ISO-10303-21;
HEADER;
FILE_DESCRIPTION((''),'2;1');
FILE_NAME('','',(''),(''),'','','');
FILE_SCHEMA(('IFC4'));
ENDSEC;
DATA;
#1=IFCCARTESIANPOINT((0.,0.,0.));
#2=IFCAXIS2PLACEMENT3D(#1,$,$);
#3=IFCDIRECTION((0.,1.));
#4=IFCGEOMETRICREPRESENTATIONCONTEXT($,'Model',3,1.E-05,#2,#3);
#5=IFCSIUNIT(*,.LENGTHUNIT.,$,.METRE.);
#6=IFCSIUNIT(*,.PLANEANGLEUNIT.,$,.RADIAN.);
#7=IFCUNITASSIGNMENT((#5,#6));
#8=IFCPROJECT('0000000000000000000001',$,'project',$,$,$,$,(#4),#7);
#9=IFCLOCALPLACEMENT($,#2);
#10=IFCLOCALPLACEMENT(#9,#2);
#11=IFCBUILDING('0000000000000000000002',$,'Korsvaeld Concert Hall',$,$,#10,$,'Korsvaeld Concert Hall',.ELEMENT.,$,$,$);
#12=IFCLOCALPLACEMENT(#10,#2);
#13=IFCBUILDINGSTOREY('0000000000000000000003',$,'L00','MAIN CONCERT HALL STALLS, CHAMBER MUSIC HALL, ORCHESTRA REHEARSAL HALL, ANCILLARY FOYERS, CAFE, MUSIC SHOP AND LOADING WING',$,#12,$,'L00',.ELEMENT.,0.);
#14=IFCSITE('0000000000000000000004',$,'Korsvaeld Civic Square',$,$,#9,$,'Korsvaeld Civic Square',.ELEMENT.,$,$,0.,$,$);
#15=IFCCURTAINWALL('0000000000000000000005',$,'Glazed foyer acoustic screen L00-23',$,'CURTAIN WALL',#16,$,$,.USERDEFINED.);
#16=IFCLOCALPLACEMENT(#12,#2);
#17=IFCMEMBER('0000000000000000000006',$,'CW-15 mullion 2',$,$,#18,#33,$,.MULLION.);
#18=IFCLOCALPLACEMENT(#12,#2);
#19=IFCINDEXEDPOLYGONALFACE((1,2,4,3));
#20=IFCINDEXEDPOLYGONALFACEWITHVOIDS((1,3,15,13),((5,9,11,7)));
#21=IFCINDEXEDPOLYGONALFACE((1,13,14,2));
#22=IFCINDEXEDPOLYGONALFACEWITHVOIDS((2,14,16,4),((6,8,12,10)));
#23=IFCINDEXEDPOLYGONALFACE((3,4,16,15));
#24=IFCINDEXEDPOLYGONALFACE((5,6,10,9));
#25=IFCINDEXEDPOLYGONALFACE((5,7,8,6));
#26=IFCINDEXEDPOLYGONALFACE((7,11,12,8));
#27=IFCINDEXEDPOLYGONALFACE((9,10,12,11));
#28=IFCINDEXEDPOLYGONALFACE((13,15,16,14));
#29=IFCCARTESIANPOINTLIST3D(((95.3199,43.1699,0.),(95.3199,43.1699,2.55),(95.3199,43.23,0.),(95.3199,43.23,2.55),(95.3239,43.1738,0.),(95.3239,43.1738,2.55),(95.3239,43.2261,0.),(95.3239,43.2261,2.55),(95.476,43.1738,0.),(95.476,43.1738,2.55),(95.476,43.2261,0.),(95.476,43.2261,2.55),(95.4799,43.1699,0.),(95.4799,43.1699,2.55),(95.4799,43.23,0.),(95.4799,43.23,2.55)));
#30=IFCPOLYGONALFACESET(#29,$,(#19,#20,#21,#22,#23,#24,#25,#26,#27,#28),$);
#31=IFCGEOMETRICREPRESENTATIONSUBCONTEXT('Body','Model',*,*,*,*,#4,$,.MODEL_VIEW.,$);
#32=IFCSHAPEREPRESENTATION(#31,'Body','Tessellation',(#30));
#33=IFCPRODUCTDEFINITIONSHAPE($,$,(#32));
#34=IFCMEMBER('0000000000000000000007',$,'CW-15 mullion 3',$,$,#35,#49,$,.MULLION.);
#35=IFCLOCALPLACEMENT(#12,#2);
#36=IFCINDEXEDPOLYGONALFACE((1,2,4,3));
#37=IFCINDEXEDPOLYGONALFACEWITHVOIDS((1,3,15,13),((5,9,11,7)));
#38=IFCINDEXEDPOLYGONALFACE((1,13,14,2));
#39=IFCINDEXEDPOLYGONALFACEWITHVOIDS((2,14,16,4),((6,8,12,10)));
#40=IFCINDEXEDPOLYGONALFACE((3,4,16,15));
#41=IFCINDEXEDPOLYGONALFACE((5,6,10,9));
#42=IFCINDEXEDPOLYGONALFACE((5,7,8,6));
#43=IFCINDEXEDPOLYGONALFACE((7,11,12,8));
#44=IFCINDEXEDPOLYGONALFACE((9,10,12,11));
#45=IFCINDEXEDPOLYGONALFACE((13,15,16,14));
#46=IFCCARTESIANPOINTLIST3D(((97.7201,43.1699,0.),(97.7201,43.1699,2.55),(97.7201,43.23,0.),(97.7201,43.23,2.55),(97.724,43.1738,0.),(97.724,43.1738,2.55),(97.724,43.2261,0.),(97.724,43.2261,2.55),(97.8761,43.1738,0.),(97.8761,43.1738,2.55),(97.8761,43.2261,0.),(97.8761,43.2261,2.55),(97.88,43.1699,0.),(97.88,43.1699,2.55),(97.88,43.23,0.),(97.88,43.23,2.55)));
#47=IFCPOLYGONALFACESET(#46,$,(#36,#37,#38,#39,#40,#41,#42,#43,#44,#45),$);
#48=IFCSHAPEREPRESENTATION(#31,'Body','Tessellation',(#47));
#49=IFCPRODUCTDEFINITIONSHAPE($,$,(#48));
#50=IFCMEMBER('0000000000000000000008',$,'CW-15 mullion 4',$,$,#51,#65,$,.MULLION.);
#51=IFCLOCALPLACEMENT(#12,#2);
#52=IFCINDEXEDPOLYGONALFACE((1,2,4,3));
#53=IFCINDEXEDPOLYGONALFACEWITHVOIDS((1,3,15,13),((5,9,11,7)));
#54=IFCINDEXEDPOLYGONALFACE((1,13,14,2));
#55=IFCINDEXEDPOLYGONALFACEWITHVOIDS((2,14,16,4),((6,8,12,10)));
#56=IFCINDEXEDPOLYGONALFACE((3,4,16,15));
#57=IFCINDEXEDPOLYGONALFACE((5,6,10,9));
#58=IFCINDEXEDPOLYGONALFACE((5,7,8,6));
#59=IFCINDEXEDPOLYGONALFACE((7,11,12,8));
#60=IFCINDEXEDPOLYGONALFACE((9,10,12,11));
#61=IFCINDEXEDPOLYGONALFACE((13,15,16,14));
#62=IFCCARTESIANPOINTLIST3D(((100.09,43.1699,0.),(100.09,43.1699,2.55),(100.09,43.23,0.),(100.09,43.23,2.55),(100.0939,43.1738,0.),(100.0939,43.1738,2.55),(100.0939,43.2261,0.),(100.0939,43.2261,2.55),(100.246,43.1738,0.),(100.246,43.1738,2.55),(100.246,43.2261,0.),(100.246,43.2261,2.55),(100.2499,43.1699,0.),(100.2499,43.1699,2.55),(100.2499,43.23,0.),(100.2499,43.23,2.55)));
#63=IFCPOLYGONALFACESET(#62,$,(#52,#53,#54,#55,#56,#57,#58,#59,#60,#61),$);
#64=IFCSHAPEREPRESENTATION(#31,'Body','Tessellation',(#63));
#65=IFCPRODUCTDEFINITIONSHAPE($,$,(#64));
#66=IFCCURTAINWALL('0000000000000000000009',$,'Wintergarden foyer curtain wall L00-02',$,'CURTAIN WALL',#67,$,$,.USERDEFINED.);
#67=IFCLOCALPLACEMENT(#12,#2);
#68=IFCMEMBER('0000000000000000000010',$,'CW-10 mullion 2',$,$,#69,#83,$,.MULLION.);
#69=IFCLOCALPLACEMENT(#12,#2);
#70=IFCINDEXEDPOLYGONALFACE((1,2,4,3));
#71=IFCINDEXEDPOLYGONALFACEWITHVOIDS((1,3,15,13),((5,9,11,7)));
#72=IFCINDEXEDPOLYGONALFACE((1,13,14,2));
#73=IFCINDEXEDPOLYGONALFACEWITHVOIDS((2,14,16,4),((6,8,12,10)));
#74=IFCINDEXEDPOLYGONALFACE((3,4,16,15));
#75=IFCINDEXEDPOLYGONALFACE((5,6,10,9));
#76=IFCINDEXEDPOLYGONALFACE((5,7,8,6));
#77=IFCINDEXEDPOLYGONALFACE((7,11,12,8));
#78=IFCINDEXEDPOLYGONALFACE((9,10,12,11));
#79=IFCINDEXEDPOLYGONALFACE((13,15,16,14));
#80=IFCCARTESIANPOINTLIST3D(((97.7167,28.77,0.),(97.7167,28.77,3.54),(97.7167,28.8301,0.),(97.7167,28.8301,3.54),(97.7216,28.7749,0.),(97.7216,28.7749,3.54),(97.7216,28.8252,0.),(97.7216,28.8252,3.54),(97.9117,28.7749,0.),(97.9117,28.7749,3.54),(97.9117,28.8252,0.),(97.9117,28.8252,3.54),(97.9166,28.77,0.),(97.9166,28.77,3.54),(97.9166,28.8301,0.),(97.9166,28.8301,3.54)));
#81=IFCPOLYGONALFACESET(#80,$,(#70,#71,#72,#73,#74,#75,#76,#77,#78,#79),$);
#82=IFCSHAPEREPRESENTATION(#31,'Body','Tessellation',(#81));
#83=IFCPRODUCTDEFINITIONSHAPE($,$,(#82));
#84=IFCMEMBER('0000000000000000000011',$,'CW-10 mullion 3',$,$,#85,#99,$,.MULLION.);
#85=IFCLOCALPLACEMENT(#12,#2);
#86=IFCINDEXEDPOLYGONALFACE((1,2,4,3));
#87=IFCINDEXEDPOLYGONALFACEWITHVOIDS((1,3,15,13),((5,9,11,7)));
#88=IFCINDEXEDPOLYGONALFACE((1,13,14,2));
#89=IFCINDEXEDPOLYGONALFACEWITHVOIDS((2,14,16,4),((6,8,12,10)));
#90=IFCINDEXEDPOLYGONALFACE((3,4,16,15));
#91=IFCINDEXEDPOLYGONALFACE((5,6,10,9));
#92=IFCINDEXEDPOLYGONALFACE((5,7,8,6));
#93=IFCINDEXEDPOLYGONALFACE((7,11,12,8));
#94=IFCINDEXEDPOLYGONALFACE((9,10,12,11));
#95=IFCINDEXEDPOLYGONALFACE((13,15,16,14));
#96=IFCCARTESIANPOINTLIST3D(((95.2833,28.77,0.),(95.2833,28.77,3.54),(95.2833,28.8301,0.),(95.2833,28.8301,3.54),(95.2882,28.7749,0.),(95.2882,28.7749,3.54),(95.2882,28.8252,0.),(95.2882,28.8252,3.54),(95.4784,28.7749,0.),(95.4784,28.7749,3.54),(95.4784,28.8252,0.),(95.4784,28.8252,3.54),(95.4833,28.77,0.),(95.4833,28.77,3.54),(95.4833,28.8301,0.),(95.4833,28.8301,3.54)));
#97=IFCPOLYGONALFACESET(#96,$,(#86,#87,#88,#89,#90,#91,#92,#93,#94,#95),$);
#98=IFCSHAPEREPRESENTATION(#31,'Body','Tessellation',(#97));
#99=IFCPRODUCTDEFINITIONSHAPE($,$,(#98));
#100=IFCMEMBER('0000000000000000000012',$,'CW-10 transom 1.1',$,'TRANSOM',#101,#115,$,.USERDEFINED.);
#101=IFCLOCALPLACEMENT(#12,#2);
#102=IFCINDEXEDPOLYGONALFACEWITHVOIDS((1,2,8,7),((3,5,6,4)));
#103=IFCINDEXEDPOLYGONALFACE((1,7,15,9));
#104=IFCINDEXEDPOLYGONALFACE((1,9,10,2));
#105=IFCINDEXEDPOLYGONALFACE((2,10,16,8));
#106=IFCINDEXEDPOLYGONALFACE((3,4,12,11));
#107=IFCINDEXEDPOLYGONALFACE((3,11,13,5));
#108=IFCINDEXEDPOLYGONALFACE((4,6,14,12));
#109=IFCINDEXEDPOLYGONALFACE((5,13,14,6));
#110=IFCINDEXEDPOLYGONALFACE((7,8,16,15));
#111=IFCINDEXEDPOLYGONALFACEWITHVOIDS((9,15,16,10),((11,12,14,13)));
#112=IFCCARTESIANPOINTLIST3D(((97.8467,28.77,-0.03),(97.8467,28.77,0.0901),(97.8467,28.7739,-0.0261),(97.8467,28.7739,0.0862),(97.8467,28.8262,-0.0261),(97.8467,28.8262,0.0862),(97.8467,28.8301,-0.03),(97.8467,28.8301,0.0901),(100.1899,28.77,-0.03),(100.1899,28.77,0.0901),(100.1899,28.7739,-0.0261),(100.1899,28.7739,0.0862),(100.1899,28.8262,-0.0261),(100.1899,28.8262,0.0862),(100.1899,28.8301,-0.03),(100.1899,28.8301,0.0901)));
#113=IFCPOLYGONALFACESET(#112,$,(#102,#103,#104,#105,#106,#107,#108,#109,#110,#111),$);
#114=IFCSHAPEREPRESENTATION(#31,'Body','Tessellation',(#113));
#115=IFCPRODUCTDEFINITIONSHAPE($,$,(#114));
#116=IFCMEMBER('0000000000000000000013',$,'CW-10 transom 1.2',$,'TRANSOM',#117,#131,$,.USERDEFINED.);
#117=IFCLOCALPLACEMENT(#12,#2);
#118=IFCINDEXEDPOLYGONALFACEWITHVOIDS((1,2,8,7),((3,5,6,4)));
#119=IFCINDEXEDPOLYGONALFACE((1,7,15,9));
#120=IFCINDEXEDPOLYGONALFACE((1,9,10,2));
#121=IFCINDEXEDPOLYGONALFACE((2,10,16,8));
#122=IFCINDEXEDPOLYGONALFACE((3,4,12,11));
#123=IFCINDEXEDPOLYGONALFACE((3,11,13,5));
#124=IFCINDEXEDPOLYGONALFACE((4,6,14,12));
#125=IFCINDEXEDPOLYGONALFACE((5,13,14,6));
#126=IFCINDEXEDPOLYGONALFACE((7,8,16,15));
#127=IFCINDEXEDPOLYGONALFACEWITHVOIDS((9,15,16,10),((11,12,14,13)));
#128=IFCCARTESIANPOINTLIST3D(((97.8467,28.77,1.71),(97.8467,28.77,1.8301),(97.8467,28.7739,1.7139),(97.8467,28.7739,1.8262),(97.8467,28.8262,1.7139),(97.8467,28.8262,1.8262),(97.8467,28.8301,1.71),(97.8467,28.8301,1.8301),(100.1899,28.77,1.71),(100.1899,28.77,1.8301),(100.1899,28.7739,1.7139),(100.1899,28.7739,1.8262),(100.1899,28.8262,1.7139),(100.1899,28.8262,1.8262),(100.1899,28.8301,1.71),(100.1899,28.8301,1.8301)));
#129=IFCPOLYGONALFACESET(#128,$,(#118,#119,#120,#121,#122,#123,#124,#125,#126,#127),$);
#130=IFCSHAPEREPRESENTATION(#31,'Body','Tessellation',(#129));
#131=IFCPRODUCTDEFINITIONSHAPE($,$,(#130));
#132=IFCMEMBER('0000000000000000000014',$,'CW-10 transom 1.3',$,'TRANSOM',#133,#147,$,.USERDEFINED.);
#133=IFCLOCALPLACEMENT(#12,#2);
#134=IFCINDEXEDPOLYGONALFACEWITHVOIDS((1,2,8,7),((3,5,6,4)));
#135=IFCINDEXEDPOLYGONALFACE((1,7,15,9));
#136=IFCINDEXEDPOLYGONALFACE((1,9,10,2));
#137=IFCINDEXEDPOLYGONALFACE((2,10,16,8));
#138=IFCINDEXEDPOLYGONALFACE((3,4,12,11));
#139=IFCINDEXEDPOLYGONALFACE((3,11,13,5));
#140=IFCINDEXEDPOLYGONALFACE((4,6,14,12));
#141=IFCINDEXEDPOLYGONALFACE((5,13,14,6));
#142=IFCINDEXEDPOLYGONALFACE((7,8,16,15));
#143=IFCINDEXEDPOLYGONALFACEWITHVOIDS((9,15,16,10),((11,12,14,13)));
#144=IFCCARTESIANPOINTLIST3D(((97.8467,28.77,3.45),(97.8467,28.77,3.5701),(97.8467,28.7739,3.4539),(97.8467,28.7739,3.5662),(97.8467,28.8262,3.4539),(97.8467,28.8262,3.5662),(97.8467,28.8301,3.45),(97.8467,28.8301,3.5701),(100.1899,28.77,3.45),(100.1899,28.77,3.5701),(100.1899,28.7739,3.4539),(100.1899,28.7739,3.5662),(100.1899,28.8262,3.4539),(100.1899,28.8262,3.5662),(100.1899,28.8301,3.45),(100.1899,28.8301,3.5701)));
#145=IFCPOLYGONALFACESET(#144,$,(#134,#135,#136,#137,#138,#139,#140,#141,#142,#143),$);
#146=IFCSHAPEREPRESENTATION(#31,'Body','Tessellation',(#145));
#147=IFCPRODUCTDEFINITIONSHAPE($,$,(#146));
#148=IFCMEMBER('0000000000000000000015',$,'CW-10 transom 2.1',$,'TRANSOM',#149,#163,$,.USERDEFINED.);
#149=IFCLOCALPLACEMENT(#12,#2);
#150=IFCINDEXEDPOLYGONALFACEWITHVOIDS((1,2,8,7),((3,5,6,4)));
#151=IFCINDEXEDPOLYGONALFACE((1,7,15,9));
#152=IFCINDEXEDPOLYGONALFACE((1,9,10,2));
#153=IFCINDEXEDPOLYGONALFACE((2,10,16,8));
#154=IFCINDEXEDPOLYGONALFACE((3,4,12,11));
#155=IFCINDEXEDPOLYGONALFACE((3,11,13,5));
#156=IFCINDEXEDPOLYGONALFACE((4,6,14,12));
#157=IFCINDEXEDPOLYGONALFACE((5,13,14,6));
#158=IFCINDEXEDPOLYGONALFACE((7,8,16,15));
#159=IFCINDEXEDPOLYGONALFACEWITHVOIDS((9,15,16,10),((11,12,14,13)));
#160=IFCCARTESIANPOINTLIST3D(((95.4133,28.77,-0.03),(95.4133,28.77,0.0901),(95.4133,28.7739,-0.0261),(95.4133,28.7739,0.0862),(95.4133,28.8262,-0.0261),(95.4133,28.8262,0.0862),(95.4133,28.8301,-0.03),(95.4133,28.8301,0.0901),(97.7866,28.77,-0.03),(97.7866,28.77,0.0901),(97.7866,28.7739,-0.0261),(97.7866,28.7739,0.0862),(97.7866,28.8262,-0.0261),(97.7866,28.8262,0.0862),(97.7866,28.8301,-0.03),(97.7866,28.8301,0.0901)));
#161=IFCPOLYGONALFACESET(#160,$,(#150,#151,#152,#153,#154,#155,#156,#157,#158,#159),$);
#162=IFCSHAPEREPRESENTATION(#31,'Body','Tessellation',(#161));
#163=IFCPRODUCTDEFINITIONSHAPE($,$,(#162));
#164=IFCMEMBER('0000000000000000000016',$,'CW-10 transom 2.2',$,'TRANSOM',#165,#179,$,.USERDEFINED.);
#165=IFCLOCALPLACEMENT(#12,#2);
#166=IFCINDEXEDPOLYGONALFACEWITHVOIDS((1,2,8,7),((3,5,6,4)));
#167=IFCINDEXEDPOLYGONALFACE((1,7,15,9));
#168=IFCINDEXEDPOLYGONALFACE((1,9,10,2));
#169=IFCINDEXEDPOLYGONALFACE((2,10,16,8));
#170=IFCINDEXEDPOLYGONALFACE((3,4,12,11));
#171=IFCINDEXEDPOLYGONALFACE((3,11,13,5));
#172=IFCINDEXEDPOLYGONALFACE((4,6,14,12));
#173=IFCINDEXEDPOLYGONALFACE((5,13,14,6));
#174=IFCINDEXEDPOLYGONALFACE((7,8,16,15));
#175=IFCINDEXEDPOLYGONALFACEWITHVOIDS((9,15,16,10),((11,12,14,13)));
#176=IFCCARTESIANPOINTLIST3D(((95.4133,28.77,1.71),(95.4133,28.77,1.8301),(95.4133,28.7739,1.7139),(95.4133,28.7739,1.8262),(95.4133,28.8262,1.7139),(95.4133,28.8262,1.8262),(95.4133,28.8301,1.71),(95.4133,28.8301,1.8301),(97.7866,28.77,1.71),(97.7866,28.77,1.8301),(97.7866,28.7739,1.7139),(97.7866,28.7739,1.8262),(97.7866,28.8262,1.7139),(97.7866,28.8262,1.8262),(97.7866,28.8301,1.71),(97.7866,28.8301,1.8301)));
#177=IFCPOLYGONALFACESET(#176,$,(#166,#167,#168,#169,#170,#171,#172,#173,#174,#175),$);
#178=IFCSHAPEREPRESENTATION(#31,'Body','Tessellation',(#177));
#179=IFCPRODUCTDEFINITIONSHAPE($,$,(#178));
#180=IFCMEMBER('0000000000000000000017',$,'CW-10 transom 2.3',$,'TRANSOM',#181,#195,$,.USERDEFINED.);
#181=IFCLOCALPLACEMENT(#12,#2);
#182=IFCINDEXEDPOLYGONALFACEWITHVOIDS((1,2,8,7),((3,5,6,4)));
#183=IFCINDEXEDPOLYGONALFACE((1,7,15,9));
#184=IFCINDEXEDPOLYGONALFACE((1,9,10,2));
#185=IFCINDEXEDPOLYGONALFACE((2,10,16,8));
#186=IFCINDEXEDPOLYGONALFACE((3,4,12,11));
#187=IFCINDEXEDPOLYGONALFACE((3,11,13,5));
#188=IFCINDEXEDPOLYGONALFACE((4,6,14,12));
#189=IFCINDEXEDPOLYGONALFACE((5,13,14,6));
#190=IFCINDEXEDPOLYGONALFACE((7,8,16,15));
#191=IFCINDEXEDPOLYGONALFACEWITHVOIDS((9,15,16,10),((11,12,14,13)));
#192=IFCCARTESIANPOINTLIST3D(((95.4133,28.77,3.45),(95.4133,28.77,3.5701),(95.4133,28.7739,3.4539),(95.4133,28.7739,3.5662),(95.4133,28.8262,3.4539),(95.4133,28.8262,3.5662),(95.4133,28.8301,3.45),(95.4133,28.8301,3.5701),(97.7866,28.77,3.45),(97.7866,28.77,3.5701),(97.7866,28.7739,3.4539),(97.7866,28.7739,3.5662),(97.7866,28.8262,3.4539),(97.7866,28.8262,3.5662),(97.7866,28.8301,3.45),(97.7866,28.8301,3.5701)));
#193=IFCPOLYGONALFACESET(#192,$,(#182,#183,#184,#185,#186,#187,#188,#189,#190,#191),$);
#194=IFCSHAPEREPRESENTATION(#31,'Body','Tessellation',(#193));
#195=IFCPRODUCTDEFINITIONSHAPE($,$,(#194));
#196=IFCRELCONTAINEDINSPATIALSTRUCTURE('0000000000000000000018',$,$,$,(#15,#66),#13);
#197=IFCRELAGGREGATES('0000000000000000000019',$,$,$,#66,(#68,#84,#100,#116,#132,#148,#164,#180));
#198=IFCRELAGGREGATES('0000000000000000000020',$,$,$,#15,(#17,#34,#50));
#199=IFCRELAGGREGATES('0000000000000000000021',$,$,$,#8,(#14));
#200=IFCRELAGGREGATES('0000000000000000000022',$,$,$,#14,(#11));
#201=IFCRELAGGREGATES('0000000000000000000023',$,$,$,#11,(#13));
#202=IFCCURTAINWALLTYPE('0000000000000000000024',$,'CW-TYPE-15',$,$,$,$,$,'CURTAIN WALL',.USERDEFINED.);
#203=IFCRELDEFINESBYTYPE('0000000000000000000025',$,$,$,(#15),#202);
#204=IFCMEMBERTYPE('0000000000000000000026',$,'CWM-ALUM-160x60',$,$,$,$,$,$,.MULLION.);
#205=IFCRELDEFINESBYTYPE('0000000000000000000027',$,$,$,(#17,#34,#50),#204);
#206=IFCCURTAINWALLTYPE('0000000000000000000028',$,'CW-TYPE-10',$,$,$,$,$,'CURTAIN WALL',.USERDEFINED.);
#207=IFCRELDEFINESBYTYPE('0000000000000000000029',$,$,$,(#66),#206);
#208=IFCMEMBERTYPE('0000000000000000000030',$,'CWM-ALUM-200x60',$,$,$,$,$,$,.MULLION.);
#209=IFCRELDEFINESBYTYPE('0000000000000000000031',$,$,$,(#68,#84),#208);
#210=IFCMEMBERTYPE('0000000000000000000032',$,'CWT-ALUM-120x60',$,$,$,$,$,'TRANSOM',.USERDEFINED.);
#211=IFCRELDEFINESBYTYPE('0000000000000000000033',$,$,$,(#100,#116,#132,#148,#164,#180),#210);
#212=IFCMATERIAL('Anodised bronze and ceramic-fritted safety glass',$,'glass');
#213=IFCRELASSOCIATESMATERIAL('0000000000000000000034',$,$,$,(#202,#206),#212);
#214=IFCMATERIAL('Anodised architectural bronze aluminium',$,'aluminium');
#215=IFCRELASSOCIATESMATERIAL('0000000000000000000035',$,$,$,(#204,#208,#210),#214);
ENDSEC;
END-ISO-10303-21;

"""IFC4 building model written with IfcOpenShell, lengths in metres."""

from ifc_helpers import new_model, si_unit, direction, frame, origin, origin_2d, place, context, subcontext, project, spatial, hollow_rectangle, extrude, material, material_profile, profile_set, type_object, element, aggregate, save


model = new_model("IFC4")

# Units and contexts
model_context = context("Model", 3, precision=1e-05, world=origin(), true_north=direction((0.0, 1.0)))
body_context = subcontext(model_context, "Body", "Model", "MODEL_VIEW")
ifc_project = project(units=[si_unit("LENGTHUNIT", "METRE"), si_unit("PLANEANGLEUNIT", "RADIAN")], contexts=[model_context])

# Site, building, storey
site_placement = place(None, origin())
site = spatial("IfcSite", under=ifc_project, at=site_placement, Name="Korsvaeld Civic Square", LongName="Korsvaeld Civic Square", CompositionType="ELEMENT", RefElevation=0.0)
building_placement = place(site_placement, origin())
building = spatial("IfcBuilding", under=site, at=building_placement, Name="Korsvaeld Concert Hall", LongName="Korsvaeld Concert Hall", CompositionType="ELEMENT")
storey_placement = place(building_placement, origin())
storey = spatial("IfcBuildingStorey", under=building, at=storey_placement, Name="L00", Description="MAIN CONCERT HALL STALLS, CHAMBER MUSIC HALL, ORCHESTRA REHEARSAL HALL, ANCILLARY FOYERS, CAFE, MUSIC SHOP AND LOADING WING", LongName="L00", CompositionType="ELEMENT", Elevation=0.0)

# Curtain walls, members
ifc_material_1 = material(Name="Anodised bronze and ceramic-fritted safety glass", Category="glass")
curtain_wall_type_1 = type_object("IfcCurtainWallType", Name="CW-TYPE-15", ElementType="CURTAIN WALL", PredefinedType="USERDEFINED", material=ifc_material_1)
curtain_wall_1_placement = place(storey_placement, origin())
curtain_wall_1 = element("IfcCurtainWall", 1, at=curtain_wall_1_placement, inside=storey, type_object=curtain_wall_type_1, Name="Glazed foyer acoustic screen L00-23", ObjectType="CURTAIN WALL", PredefinedType="USERDEFINED")
ifc_material_2 = material(Name="Anodised architectural bronze aluminium", Category="aluminium")
ifc_material_profile_1 = material_profile(ifc_material_2, hollow_rectangle(XDim=0.0601, YDim=0.1599, WallThickness=0.0039, at=origin_2d()), Name="CWM 160x60x4")
ifc_profile_set_1 = profile_set([ifc_material_profile_1], Name="Anodised architectural bronze aluminium")
member_type_1 = type_object("IfcMemberType", Name="CWM-ALUM-160x60", PredefinedType="MULLION", material=ifc_profile_set_1)
member_1_placement = place(storey_placement, frame((95.3999, 43.2, 0.0), z_axis=(0.0, 0.0, 1.0), x_axis=(0.0, 1.0, 0.0)))
member_1 = element("IfcMember", 2, at=member_1_placement, type_object=member_type_1, Name="CW-15 mullion 2", PredefinedType="MULLION", context=body_context, shape_type="SweptSolid", body=[
    extrude(hollow_rectangle(XDim=0.0601, YDim=0.1599, WallThickness=0.0039, at=origin_2d()), origin(), (0.0, 0.0, 1.0), 2.55),
])
member_2_placement = place(storey_placement, frame((97.8, 43.2, 0.0), z_axis=(0.0, 0.0, 1.0), x_axis=(0.0, 1.0, 0.0)))
member_2 = element("IfcMember", 3, at=member_2_placement, type_object=member_type_1, Name="CW-15 mullion 3", PredefinedType="MULLION", context=body_context, shape_type="SweptSolid", body=[
    extrude(hollow_rectangle(XDim=0.0601, YDim=0.1599, WallThickness=0.0039, at=origin_2d()), origin(), (0.0, 0.0, 1.0), 2.55),
])
member_3_placement = place(storey_placement, frame((100.1699, 43.2, 0.0), z_axis=(0.0, 0.0, 1.0), x_axis=(0.0, 1.0, 0.0)))
member_3 = element("IfcMember", 4, at=member_3_placement, type_object=member_type_1, Name="CW-15 mullion 4", PredefinedType="MULLION", context=body_context, shape_type="SweptSolid", body=[
    extrude(hollow_rectangle(XDim=0.0601, YDim=0.1599, WallThickness=0.0039, at=origin_2d()), origin(), (0.0, 0.0, 1.0), 2.55),
])
curtain_wall_type_2 = type_object("IfcCurtainWallType", Name="CW-TYPE-10", ElementType="CURTAIN WALL", PredefinedType="USERDEFINED", material=ifc_material_1)
curtain_wall_2_placement = place(storey_placement, origin())
curtain_wall_2 = element("IfcCurtainWall", 5, at=curtain_wall_2_placement, inside=storey, type_object=curtain_wall_type_2, Name="Wintergarden foyer curtain wall L00-02", ObjectType="CURTAIN WALL", PredefinedType="USERDEFINED")
ifc_material_profile_2 = material_profile(ifc_material_2, hollow_rectangle(XDim=0.0601, YDim=0.2, WallThickness=0.0049, at=origin_2d()), Name="CWM 200x60x5")
ifc_profile_set_2 = profile_set([ifc_material_profile_2], Name="Anodised architectural bronze aluminium")
member_type_2 = type_object("IfcMemberType", Name="CWM-ALUM-200x60", PredefinedType="MULLION", material=ifc_profile_set_2)
member_4_placement = place(storey_placement, frame((97.8167, 28.8, 0.0), z_axis=(0.0, 0.0, 1.0), x_axis=(0.0, -1.0, 0.0)))
member_4 = element("IfcMember", 6, at=member_4_placement, type_object=member_type_2, Name="CW-10 mullion 2", PredefinedType="MULLION", context=body_context, shape_type="SweptSolid", body=[
    extrude(hollow_rectangle(XDim=0.0601, YDim=0.2, WallThickness=0.0049, at=origin_2d()), origin(), (0.0, 0.0, 1.0), 3.54),
])
member_5_placement = place(storey_placement, frame((95.3833, 28.8, 0.0), z_axis=(0.0, 0.0, 1.0), x_axis=(0.0, -1.0, 0.0)))
member_5 = element("IfcMember", 7, at=member_5_placement, type_object=member_type_2, Name="CW-10 mullion 3", PredefinedType="MULLION", context=body_context, shape_type="SweptSolid", body=[
    extrude(hollow_rectangle(XDim=0.0601, YDim=0.2, WallThickness=0.0049, at=origin_2d()), origin(), (0.0, 0.0, 1.0), 3.54),
])
ifc_material_profile_3 = material_profile(ifc_material_2, hollow_rectangle(XDim=0.0601, YDim=0.1201, WallThickness=0.0039, at=origin_2d()), Name="CWT 120x60x4")
ifc_profile_set_3 = profile_set([ifc_material_profile_3], Name="Anodised architectural bronze aluminium")
member_type_3 = type_object("IfcMemberType", Name="CWT-ALUM-120x60", ElementType="TRANSOM", PredefinedType="USERDEFINED", material=ifc_profile_set_3)
member_6_placement = place(storey_placement, frame((100.1899, 28.8, 0.03), z_axis=(-1.0, 0.0, 0.0), x_axis=(0.0, -1.0, 0.0)))
member_6 = element("IfcMember", 8, at=member_6_placement, type_object=member_type_3, Name="CW-10 transom 1.1", ObjectType="TRANSOM", PredefinedType="USERDEFINED", context=body_context, shape_type="SweptSolid", body=[
    extrude(hollow_rectangle(XDim=0.0601, YDim=0.1201, WallThickness=0.0039, at=origin_2d()), origin(), (0.0, 0.0, 1.0), 2.3433),
])
member_7_placement = place(storey_placement, frame((100.1899, 28.8, 1.77), z_axis=(-1.0, 0.0, 0.0), x_axis=(0.0, -1.0, 0.0)))
member_7 = element("IfcMember", 9, at=member_7_placement, type_object=member_type_3, Name="CW-10 transom 1.2", ObjectType="TRANSOM", PredefinedType="USERDEFINED", context=body_context, shape_type="SweptSolid", body=[
    extrude(hollow_rectangle(XDim=0.0601, YDim=0.1201, WallThickness=0.0039, at=origin_2d()), origin(), (0.0, 0.0, 1.0), 2.3433),
])
member_8_placement = place(storey_placement, frame((100.1899, 28.8, 3.51), z_axis=(-1.0, 0.0, 0.0), x_axis=(0.0, -1.0, 0.0)))
member_8 = element("IfcMember", 10, at=member_8_placement, type_object=member_type_3, Name="CW-10 transom 1.3", ObjectType="TRANSOM", PredefinedType="USERDEFINED", context=body_context, shape_type="SweptSolid", body=[
    extrude(hollow_rectangle(XDim=0.0601, YDim=0.1201, WallThickness=0.0039, at=origin_2d()), origin(), (0.0, 0.0, 1.0), 2.3433),
])
member_9_placement = place(storey_placement, frame((97.7866, 28.8, 0.03), z_axis=(-1.0, 0.0, 0.0), x_axis=(0.0, -1.0, 0.0)))
member_9 = element("IfcMember", 11, at=member_9_placement, type_object=member_type_3, Name="CW-10 transom 2.1", ObjectType="TRANSOM", PredefinedType="USERDEFINED", context=body_context, shape_type="SweptSolid", body=[
    extrude(hollow_rectangle(XDim=0.0601, YDim=0.1201, WallThickness=0.0039, at=origin_2d()), origin(), (0.0, 0.0, 1.0), 2.3733),
])
member_10_placement = place(storey_placement, frame((97.7866, 28.8, 1.77), z_axis=(-1.0, 0.0, 0.0), x_axis=(0.0, -1.0, 0.0)))
member_10 = element("IfcMember", 12, at=member_10_placement, type_object=member_type_3, Name="CW-10 transom 2.2", ObjectType="TRANSOM", PredefinedType="USERDEFINED", context=body_context, shape_type="SweptSolid", body=[
    extrude(hollow_rectangle(XDim=0.0601, YDim=0.1201, WallThickness=0.0039, at=origin_2d()), origin(), (0.0, 0.0, 1.0), 2.3733),
])
member_11_placement = place(storey_placement, frame((97.7866, 28.8, 3.51), z_axis=(-1.0, 0.0, 0.0), x_axis=(0.0, -1.0, 0.0)))
member_11 = element("IfcMember", 13, at=member_11_placement, type_object=member_type_3, Name="CW-10 transom 2.3", ObjectType="TRANSOM", PredefinedType="USERDEFINED", context=body_context, shape_type="SweptSolid", body=[
    extrude(hollow_rectangle(XDim=0.0601, YDim=0.1201, WallThickness=0.0039, at=origin_2d()), origin(), (0.0, 0.0, 1.0), 2.3733),
])

aggregate(curtain_wall_2, [member_4, member_5, member_6, member_7, member_8, member_9, member_10, member_11])
aggregate(curtain_wall_1, [member_1, member_2, member_3])

save(model, "model.ifc")
